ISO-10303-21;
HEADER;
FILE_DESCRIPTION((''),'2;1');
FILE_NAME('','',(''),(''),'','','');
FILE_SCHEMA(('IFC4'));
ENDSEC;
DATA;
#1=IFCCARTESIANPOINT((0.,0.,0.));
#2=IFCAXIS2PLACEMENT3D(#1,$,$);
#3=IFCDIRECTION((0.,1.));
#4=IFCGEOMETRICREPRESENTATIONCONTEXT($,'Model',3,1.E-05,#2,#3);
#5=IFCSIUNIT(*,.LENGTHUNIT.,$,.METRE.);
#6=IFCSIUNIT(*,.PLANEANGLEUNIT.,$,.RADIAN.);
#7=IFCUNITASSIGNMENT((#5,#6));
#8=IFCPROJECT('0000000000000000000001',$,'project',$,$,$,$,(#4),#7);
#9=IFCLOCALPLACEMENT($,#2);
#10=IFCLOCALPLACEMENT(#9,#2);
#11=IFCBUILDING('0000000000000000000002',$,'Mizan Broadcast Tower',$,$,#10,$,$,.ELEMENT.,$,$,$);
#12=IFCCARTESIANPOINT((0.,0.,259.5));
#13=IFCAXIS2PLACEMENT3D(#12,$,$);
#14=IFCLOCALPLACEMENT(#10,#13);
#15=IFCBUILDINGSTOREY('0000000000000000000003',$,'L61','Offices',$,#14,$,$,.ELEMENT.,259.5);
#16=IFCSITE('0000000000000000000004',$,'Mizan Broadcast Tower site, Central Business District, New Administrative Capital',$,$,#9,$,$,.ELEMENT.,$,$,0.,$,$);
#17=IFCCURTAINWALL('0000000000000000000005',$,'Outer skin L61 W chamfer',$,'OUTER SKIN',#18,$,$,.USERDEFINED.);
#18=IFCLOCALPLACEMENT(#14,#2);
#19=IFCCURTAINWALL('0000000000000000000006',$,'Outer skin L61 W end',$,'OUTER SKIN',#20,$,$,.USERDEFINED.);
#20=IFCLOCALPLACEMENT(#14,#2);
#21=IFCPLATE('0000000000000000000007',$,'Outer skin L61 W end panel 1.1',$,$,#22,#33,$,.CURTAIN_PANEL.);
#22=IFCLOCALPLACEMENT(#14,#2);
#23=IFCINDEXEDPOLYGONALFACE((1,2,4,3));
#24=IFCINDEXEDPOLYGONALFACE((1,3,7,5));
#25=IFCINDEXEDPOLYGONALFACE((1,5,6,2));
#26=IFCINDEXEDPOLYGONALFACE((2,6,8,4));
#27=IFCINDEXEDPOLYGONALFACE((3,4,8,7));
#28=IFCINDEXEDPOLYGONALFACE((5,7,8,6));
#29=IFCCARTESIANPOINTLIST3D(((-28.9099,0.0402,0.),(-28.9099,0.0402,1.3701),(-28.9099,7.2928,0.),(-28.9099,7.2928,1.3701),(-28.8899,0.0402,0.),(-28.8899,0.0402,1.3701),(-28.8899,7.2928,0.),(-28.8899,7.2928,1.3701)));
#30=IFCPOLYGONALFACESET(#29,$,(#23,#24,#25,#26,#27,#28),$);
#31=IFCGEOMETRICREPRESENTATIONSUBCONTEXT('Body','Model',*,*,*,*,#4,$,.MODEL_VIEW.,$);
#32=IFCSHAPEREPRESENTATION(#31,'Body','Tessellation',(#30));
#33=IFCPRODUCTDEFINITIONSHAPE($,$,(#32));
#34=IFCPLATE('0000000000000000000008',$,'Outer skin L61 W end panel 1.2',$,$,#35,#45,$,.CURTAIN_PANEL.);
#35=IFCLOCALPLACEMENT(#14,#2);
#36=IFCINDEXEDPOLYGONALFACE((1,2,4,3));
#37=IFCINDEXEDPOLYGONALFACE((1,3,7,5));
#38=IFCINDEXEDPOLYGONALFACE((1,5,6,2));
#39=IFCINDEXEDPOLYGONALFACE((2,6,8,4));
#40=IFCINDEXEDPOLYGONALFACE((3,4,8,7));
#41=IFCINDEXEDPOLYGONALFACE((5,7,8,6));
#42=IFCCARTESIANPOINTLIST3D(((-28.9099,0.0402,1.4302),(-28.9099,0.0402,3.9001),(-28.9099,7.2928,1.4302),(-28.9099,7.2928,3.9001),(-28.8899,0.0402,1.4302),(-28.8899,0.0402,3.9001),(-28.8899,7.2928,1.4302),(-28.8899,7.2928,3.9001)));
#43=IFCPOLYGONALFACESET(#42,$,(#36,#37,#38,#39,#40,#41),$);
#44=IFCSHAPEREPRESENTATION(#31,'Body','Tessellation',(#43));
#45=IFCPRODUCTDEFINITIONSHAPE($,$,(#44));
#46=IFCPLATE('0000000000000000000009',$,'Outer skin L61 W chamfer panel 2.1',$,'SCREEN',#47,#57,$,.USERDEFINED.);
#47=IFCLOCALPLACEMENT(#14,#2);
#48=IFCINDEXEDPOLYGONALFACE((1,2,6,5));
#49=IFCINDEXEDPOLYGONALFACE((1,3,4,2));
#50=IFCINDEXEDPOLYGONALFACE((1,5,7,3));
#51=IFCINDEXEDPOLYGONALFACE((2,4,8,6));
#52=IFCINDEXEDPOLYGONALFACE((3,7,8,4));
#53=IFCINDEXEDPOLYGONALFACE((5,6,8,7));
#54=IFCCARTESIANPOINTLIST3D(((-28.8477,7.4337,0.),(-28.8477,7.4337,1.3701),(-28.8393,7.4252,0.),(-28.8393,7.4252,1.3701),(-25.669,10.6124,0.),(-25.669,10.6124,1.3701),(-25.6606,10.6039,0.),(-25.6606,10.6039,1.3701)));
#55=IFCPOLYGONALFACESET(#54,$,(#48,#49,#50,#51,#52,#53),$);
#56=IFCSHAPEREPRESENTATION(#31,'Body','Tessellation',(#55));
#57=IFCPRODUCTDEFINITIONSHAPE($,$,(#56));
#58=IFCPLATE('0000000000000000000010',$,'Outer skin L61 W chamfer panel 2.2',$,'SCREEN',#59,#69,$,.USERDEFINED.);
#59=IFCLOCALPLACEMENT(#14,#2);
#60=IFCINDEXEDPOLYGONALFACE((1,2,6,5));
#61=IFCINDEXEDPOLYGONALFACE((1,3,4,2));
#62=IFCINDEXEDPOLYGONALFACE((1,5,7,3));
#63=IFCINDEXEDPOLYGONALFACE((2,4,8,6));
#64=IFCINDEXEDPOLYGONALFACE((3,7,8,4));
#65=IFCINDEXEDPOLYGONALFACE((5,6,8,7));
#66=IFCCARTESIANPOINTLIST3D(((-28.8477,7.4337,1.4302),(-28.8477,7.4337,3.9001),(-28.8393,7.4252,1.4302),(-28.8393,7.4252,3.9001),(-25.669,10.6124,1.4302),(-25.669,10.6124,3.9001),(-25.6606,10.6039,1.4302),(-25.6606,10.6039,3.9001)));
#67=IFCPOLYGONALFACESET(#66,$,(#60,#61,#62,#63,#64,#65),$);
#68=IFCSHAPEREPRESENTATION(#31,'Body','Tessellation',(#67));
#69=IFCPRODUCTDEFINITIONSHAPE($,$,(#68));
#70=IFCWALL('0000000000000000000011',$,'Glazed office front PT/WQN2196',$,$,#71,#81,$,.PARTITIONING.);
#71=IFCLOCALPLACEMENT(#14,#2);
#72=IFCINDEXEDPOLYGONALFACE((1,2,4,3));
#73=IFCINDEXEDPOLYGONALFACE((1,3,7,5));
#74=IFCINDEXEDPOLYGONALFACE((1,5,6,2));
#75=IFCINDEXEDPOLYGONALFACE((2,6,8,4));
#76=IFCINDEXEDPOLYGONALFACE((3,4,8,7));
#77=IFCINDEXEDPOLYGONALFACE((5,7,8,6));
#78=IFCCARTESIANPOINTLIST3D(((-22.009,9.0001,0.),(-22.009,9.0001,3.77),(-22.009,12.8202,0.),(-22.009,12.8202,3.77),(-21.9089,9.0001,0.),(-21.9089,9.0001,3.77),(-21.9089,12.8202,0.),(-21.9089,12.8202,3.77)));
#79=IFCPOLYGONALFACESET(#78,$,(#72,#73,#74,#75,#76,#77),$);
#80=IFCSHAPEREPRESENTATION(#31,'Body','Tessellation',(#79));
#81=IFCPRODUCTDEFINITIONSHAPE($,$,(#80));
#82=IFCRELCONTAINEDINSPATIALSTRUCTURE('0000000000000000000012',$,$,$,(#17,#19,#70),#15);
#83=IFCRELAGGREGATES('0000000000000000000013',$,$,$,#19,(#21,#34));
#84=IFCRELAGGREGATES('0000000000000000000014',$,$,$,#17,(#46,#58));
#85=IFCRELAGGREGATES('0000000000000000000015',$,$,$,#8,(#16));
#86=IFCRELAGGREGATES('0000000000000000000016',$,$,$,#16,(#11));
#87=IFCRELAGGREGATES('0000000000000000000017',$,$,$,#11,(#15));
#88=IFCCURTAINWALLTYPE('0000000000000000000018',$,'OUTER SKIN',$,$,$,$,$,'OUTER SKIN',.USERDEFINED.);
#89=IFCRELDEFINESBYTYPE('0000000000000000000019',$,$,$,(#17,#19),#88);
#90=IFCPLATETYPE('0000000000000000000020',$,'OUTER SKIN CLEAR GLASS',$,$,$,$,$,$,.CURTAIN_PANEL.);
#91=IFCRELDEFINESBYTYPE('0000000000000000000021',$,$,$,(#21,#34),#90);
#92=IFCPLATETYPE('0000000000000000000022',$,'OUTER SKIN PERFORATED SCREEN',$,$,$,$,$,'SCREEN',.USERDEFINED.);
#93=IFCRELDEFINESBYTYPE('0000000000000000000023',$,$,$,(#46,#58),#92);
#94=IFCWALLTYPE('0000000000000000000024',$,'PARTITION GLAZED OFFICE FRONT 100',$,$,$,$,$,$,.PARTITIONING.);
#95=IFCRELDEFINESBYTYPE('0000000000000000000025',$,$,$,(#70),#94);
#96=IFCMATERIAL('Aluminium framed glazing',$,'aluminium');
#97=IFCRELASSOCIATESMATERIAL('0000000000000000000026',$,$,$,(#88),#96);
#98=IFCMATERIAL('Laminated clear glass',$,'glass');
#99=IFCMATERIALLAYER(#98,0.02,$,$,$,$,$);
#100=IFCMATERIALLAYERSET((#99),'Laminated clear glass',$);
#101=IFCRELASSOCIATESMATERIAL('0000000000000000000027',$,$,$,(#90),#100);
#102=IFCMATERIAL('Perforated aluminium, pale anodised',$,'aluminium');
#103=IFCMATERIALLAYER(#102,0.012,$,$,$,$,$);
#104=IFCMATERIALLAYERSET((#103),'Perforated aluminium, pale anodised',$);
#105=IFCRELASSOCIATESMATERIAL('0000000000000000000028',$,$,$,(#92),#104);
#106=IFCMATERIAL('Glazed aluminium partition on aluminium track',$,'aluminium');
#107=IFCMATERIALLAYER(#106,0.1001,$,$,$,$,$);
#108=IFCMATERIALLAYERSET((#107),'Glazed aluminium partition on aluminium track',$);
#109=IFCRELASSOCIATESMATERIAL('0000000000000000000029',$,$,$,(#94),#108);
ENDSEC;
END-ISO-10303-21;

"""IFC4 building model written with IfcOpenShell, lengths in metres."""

from ifc_helpers import new_model, si_unit, direction, frame, frame_2d, origin, origin_2d, place, context, subcontext, project, spatial, rectangle, extrude, material, layer, layer_set, type_object, element, aggregate, save


model = new_model("IFC4")

# Units and contexts
model_context = context("Model", 3, precision=1e-05, world=origin(), true_north=direction((0.0, 1.0)))
body_context = subcontext(model_context, "Body", "Model", "MODEL_VIEW")
ifc_project = project(units=[si_unit("LENGTHUNIT", "METRE"), si_unit("PLANEANGLEUNIT", "RADIAN")], contexts=[model_context])

# Site, building, storey
site_placement = place(None, origin())
site = spatial("IfcSite", under=ifc_project, at=site_placement, Name="Mizan Broadcast Tower site, Central Business District, New Administrative Capital", CompositionType="ELEMENT", RefElevation=0.0)
building_placement = place(site_placement, origin())
building = spatial("IfcBuilding", under=site, at=building_placement, Name="Mizan Broadcast Tower", CompositionType="ELEMENT")
storey_placement = place(building_placement, frame((0.0, 0.0, 259.5)))
storey = spatial("IfcBuildingStorey", under=building, at=storey_placement, Name="L61", Description="Offices", CompositionType="ELEMENT", Elevation=259.5)

# Curtain wall
ifc_material_1 = material(Name="Aluminium framed glazing", Category="aluminium")
curtain_wall_type_1 = type_object("IfcCurtainWallType", Name="OUTER SKIN", ElementType="OUTER SKIN", PredefinedType="USERDEFINED", material=ifc_material_1)
curtain_wall_1_placement = place(storey_placement, origin())
curtain_wall_1 = element("IfcCurtainWall", 1, at=curtain_wall_1_placement, inside=storey, type_object=curtain_wall_type_1, Name="Outer skin L61 W chamfer", ObjectType="OUTER SKIN", PredefinedType="USERDEFINED")

# Curtain wall
curtain_wall_2_placement = place(storey_placement, origin())
curtain_wall_2 = element("IfcCurtainWall", 2, at=curtain_wall_2_placement, inside=storey, type_object=curtain_wall_type_1, Name="Outer skin L61 W end", ObjectType="OUTER SKIN", PredefinedType="USERDEFINED")

# Plates
ifc_material_2 = material(Name="Laminated clear glass", Category="glass")
ifc_layer_1 = layer(ifc_material_2, 0.02)
ifc_layer_set_1 = layer_set([ifc_layer_1], Name="Laminated clear glass")
plate_type_1 = type_object("IfcPlateType", Name="OUTER SKIN CLEAR GLASS", PredefinedType="CURTAIN_PANEL", material=ifc_layer_set_1)
plate_1_placement = place(storey_placement, frame((-28.8999, 3.6665, 0.0), z_axis=(0.0, 0.0, 1.0), x_axis=(0.0, -1.0, 0.0)))
plate_1 = element("IfcPlate", 3, at=plate_1_placement, type_object=plate_type_1, Name="Outer skin L61 W end panel 1.1", PredefinedType="CURTAIN_PANEL", context=body_context, shape_type="SweptSolid", body=[
    extrude(rectangle(XDim=7.2527, YDim=0.02, at=origin_2d()), origin(), (0.0, 0.0, 1.0), 1.3701),
])
plate_2_placement = place(storey_placement, frame((-28.8999, 3.6665, 1.4302), z_axis=(0.0, 0.0, 1.0), x_axis=(0.0, -1.0, 0.0)))
plate_2 = element("IfcPlate", 4, at=plate_2_placement, type_object=plate_type_1, Name="Outer skin L61 W end panel 1.2", PredefinedType="CURTAIN_PANEL", context=body_context, shape_type="SweptSolid", body=[
    extrude(rectangle(XDim=7.2527, YDim=0.02, at=origin_2d()), origin(), (0.0, 0.0, 1.0), 2.47),
])
aggregate(curtain_wall_2, [plate_1, plate_2])
ifc_material_3 = material(Name="Perforated aluminium, pale anodised", Category="aluminium")
ifc_layer_2 = layer(ifc_material_3, 0.012)
ifc_layer_set_2 = layer_set([ifc_layer_2], Name="Perforated aluminium, pale anodised")
plate_type_2 = type_object("IfcPlateType", Name="OUTER SKIN PERFORATED SCREEN", ElementType="SCREEN", PredefinedType="USERDEFINED", material=ifc_layer_set_2)
plate_3_placement = place(storey_placement, frame((-27.2542, 9.0188, 0.0), z_axis=(0.0, 0.0, 1.0), x_axis=(-0.707107, -0.707107, 0.0)))
plate_3 = element("IfcPlate", 5, at=plate_3_placement, type_object=plate_type_2, Name="Outer skin L61 W chamfer panel 2.1", ObjectType="SCREEN", PredefinedType="USERDEFINED", context=body_context, shape_type="SweptSolid", body=[
    extrude(rectangle(XDim=4.4954, YDim=0.012, at=origin_2d()), origin(), (0.0, 0.0, 1.0), 1.3701),
])
plate_4_placement = place(storey_placement, frame((-27.2542, 9.0188, 1.4302), z_axis=(0.0, 0.0, 1.0), x_axis=(-0.707107, -0.707107, 0.0)))
plate_4 = element("IfcPlate", 6, at=plate_4_placement, type_object=plate_type_2, Name="Outer skin L61 W chamfer panel 2.2", ObjectType="SCREEN", PredefinedType="USERDEFINED", context=body_context, shape_type="SweptSolid", body=[
    extrude(rectangle(XDim=4.4954, YDim=0.012, at=origin_2d()), origin(), (0.0, 0.0, 1.0), 2.47),
])
aggregate(curtain_wall_1, [plate_3, plate_4])

# Wall
ifc_material_4 = material(Name="Glazed aluminium partition on aluminium track", Category="aluminium")
ifc_layer_3 = layer(ifc_material_4, 0.1001)
ifc_layer_set_3 = layer_set([ifc_layer_3], Name="Glazed aluminium partition on aluminium track")
wall_type = type_object("IfcWallType", Name="PARTITION GLAZED OFFICE FRONT 100", PredefinedType="PARTITIONING", material=ifc_layer_set_3)
wall_placement = place(storey_placement, frame((-21.959, 9.0, 0.0), z_axis=(0.0, 0.0, 1.0), x_axis=(0.0, 1.0, 0.0)))
element("IfcWall", 7, at=wall_placement, inside=storey, type_object=wall_type, Name="Glazed office front PT/WQN2196", PredefinedType="PARTITIONING", context=body_context, shape_type="SweptSolid", body=[
    extrude(rectangle(XDim=3.8201, YDim=0.1001, at=frame_2d((1.9102, 0.0))), origin(), (0.0, 0.0, 1.0), 3.77),
])

save(model, "model.ifc")
